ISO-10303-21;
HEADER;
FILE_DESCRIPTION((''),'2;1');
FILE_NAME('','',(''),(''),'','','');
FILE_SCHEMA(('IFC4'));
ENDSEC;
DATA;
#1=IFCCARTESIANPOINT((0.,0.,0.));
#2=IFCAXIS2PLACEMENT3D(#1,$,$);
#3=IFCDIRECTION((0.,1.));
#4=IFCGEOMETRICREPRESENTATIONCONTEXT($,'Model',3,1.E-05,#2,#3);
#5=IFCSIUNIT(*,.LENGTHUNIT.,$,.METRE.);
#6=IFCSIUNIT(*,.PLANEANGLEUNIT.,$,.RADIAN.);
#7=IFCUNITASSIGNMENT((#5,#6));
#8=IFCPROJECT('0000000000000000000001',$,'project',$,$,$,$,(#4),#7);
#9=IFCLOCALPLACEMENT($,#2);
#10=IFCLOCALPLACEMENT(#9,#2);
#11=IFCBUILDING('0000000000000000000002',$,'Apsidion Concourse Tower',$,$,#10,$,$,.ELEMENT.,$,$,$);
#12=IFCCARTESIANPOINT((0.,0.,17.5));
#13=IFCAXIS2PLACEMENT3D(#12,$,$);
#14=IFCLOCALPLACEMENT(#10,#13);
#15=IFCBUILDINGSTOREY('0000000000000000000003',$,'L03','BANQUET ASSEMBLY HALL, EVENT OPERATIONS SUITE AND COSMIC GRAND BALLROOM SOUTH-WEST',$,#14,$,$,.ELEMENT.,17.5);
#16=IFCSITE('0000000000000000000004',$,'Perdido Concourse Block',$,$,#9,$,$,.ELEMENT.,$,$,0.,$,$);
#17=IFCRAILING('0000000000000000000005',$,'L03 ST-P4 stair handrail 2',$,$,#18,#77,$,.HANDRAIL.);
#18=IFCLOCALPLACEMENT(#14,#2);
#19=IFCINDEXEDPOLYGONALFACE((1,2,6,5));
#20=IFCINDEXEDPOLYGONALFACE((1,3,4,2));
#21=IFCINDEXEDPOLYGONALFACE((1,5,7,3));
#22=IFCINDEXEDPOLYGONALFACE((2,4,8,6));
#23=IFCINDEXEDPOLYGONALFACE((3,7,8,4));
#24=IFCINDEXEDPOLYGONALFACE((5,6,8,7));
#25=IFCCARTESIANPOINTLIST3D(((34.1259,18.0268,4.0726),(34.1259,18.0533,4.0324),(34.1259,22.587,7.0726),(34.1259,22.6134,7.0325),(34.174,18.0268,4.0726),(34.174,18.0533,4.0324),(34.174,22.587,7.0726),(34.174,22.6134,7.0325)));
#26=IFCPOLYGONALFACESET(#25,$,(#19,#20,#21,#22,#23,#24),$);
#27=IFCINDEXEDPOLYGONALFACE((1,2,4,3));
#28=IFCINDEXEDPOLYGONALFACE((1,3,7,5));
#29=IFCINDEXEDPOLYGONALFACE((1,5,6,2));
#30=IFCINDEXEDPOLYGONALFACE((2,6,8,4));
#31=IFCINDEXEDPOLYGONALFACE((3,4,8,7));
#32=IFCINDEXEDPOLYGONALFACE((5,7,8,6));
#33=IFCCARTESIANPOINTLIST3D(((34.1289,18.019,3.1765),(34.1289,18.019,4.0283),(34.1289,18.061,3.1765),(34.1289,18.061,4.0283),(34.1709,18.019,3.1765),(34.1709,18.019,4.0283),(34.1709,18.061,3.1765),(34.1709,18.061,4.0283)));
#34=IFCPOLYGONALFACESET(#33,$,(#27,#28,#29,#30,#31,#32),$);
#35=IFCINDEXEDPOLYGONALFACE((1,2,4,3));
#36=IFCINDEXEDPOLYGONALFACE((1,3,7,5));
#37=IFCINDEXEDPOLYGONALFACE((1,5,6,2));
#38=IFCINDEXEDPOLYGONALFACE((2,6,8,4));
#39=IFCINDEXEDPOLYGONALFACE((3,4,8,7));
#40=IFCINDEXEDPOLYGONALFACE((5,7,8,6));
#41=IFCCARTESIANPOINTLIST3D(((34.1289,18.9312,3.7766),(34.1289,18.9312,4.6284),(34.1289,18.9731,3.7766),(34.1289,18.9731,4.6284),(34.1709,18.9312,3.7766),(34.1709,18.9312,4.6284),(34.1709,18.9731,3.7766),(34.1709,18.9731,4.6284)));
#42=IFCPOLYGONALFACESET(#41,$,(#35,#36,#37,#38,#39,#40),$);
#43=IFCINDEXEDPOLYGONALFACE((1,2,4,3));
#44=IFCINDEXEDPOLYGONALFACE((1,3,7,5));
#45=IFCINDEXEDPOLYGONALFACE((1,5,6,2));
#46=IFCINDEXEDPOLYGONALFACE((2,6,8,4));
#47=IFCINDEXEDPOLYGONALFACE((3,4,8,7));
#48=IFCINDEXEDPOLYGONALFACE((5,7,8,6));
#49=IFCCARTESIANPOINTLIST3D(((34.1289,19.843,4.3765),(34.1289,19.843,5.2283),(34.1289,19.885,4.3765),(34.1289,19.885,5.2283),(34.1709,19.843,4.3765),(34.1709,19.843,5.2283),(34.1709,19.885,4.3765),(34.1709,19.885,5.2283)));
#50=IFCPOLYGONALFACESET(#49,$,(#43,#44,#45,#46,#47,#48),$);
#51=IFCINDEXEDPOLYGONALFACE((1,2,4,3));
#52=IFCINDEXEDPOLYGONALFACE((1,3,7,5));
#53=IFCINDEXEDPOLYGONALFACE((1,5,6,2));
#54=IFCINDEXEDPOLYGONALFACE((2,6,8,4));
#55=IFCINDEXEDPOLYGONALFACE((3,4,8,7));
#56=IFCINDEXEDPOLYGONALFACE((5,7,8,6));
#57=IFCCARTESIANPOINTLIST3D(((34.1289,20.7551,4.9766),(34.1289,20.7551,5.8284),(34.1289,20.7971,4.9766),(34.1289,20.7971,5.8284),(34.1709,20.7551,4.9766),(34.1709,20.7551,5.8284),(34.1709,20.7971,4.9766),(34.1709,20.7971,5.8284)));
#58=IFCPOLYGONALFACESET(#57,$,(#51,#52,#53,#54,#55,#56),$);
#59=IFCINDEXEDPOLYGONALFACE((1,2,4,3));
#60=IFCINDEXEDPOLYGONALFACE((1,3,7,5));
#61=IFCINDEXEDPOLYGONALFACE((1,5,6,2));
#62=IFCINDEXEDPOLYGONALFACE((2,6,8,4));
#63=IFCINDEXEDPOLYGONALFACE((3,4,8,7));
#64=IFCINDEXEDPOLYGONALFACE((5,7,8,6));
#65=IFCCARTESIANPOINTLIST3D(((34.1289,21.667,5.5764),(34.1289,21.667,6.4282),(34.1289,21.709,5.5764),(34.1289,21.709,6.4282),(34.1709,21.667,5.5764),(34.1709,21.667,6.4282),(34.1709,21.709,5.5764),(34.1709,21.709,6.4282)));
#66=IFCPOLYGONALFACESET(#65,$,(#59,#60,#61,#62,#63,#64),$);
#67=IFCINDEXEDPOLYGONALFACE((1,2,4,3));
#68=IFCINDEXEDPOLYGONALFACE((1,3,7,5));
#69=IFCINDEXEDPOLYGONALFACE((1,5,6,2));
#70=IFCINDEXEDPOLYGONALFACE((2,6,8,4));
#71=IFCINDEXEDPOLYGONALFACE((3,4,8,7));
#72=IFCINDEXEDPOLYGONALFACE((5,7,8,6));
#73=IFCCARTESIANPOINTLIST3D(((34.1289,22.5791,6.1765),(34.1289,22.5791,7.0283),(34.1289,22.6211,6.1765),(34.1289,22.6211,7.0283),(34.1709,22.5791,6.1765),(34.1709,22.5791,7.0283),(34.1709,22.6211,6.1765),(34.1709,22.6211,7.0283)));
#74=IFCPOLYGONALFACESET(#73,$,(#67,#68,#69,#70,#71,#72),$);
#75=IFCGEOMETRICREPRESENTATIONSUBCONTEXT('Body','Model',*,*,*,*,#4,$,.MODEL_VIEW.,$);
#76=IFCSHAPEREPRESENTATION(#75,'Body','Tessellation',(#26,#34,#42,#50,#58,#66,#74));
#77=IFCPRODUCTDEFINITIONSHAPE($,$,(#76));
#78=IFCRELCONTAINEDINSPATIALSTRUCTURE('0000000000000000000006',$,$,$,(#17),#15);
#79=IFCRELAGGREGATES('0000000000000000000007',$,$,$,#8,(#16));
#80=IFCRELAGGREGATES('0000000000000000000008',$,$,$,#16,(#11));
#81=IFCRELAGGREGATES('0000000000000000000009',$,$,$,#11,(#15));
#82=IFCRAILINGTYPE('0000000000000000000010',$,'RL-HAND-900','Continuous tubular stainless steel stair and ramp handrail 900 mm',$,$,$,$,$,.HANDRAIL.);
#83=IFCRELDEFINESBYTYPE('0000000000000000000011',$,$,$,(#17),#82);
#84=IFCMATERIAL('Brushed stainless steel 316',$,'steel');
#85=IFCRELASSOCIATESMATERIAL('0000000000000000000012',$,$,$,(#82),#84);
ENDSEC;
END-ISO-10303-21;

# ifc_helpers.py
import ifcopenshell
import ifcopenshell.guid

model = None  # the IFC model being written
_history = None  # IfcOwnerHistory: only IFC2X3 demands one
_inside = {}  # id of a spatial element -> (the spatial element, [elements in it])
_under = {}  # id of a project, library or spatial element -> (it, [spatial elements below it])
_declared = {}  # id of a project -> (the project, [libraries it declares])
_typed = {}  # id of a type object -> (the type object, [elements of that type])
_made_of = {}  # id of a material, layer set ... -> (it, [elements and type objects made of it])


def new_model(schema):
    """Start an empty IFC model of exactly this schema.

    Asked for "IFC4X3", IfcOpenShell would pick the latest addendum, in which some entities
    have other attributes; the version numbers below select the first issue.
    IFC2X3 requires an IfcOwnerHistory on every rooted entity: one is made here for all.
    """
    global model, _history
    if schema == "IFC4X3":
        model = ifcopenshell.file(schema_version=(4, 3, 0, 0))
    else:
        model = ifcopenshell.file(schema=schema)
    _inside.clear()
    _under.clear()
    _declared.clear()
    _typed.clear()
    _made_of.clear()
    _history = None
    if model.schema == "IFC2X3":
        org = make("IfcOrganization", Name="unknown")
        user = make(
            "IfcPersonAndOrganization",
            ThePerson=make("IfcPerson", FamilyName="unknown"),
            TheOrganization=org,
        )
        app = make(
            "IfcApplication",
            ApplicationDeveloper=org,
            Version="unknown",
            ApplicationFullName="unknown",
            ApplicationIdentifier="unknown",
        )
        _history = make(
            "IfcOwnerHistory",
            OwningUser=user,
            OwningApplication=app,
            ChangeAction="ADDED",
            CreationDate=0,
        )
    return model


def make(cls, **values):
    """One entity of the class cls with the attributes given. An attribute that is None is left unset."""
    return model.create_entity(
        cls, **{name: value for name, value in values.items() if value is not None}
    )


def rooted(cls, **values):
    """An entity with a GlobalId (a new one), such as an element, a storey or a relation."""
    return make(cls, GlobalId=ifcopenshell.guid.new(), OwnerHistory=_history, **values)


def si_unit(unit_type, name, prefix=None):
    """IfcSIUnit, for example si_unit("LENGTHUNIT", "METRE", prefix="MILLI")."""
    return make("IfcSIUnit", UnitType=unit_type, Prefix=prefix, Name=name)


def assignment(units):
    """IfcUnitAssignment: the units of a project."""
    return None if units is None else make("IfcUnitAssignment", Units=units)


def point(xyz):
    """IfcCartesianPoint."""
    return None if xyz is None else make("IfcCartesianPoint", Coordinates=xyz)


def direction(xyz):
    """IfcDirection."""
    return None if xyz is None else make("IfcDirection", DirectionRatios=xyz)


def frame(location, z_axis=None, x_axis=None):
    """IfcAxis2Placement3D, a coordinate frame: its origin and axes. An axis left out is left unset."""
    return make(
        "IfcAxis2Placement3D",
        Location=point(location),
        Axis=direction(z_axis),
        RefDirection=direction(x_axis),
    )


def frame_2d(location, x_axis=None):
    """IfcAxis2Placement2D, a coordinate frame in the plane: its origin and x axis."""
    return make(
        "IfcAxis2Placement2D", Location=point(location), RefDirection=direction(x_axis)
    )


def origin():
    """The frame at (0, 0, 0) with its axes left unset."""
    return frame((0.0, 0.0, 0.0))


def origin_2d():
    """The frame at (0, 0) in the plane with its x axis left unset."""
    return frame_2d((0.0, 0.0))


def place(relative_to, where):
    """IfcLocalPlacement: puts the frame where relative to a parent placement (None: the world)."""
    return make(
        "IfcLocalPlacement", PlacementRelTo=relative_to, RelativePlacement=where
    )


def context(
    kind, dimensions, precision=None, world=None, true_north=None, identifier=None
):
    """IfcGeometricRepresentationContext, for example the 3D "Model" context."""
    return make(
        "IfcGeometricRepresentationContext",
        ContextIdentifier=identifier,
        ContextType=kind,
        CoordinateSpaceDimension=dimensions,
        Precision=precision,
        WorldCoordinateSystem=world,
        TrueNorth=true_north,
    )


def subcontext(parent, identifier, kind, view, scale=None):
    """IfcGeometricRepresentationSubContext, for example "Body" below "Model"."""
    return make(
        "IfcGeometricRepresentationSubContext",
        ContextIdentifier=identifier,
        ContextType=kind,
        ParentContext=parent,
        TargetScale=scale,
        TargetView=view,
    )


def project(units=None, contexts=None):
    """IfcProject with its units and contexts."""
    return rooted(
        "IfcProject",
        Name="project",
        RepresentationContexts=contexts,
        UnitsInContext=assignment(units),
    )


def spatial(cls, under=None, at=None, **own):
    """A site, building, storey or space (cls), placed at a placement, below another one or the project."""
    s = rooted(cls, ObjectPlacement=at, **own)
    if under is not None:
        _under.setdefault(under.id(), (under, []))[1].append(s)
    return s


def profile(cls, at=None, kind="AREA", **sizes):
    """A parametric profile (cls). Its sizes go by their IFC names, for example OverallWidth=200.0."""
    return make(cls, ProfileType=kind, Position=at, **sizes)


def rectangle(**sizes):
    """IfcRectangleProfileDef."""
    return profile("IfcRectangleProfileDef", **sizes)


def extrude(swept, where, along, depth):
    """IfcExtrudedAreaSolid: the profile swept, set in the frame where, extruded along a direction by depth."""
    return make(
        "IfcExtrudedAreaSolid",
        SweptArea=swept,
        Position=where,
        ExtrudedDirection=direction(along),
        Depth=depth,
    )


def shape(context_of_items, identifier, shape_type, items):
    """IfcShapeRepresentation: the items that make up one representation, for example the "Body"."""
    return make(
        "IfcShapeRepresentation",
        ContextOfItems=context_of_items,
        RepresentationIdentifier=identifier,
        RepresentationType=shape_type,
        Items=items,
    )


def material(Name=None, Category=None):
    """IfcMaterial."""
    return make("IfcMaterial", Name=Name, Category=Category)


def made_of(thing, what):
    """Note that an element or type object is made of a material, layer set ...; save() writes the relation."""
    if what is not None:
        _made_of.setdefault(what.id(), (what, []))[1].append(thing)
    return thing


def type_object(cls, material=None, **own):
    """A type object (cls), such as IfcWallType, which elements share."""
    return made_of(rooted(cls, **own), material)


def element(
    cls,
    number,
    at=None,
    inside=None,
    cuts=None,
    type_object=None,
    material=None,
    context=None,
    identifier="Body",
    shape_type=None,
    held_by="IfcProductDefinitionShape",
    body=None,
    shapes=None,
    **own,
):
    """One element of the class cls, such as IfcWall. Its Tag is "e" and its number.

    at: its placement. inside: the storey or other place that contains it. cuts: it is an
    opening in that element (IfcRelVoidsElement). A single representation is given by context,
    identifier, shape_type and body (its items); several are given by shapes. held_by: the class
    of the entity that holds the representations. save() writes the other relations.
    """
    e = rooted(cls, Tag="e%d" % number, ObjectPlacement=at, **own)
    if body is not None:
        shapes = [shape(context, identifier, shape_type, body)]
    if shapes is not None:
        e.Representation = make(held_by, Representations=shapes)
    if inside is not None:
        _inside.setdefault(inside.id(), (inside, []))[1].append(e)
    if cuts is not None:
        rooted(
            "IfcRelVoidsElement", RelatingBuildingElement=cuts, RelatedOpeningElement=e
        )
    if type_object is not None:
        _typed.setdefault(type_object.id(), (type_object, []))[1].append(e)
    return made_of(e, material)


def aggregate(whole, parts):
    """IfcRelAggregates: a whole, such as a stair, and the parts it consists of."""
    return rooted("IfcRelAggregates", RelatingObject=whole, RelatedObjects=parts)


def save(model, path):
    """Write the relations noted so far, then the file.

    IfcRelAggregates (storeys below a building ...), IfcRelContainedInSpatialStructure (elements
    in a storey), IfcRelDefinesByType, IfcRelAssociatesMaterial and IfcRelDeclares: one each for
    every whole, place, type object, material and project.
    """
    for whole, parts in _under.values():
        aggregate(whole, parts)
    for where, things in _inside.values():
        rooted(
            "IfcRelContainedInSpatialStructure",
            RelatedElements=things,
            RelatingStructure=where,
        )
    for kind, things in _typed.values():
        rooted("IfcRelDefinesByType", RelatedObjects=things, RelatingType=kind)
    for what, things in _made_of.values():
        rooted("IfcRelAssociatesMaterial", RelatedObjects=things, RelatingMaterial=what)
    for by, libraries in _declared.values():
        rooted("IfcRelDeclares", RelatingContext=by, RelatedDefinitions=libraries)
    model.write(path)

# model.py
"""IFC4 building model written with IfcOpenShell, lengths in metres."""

from ifc_helpers import new_model, si_unit, direction, frame, origin, origin_2d, place, context, subcontext, project, spatial, rectangle, extrude, material, type_object, element, save


model = new_model("IFC4")

# Units and contexts
model_context = context("Model", 3, precision=1e-05, world=origin(), true_north=direction((0.0, 1.0)))
body_context = subcontext(model_context, "Body", "Model", "MODEL_VIEW")
ifc_project = project(units=[si_unit("LENGTHUNIT", "METRE"), si_unit("PLANEANGLEUNIT", "RADIAN")], contexts=[model_context])

# Site, building, storey
site_placement = place(None, origin())
site = spatial("IfcSite", under=ifc_project, at=site_placement, Name="Perdido Concourse Block", CompositionType="ELEMENT", RefElevation=0.0)
building_placement = place(site_placement, origin())
building = spatial("IfcBuilding", under=site, at=building_placement, Name="Apsidion Concourse Tower", CompositionType="ELEMENT")
storey_placement = place(building_placement, frame((0.0, 0.0, 17.5)))
storey = spatial("IfcBuildingStorey", under=building, at=storey_placement, Name="L03", Description="BANQUET ASSEMBLY HALL, EVENT OPERATIONS SUITE AND COSMIC GRAND BALLROOM SOUTH-WEST", CompositionType="ELEMENT", Elevation=17.5)

# Shared definitions
ifc_material_1 = material(Name="Brushed stainless steel 316", Category="steel")

# Railing
railing_type_1 = type_object("IfcRailingType", Name="RL-HAND-900", Description="Continuous tubular stainless steel stair and ramp handrail 900 mm", PredefinedType="HANDRAIL", material=ifc_material_1)
railing_1_placement = place(storey_placement, frame((34.1499, 18.04, 3.1765)))
element("IfcRailing", 1, at=railing_1_placement, inside=storey, type_object=railing_type_1, Name="L03 ST-P4 stair handrail 2", PredefinedType="HANDRAIL", context=body_context, shape_type="SweptSolid", body=[
    extrude(rectangle(XDim=0.0481, YDim=0.0481, at=origin_2d()), frame((0.0, 0.0, 0.876), z_axis=(0.0, 0.83542, 0.549612), x_axis=(-1.0, 0.0, 0.0)), (0.0, 0.0, 1.0), 5.4585),
    extrude(rectangle(XDim=0.042, YDim=0.042, at=origin_2d()), origin(), (0.0, 0.0, 1.0), 0.8518),
    extrude(rectangle(XDim=0.042, YDim=0.042, at=origin_2d()), frame((0.0, 0.9121, 0.6001)), (0.0, 0.0, 1.0), 0.8518),
    extrude(rectangle(XDim=0.042, YDim=0.042, at=origin_2d()), frame((0.0, 1.824, 1.2)), (0.0, 0.0, 1.0), 0.8518),
    extrude(rectangle(XDim=0.042, YDim=0.042, at=origin_2d()), frame((0.0, 2.7361, 1.8)), (0.0, 0.0, 1.0), 0.8518),
    extrude(rectangle(XDim=0.042, YDim=0.042, at=origin_2d()), frame((0.0, 3.6479, 2.3999)), (0.0, 0.0, 1.0), 0.8518),
    extrude(rectangle(XDim=0.042, YDim=0.042, at=origin_2d()), frame((0.0, 4.5601, 3.0)), (0.0, 0.0, 1.0), 0.8518),
])

save(model, "model.ifc")
